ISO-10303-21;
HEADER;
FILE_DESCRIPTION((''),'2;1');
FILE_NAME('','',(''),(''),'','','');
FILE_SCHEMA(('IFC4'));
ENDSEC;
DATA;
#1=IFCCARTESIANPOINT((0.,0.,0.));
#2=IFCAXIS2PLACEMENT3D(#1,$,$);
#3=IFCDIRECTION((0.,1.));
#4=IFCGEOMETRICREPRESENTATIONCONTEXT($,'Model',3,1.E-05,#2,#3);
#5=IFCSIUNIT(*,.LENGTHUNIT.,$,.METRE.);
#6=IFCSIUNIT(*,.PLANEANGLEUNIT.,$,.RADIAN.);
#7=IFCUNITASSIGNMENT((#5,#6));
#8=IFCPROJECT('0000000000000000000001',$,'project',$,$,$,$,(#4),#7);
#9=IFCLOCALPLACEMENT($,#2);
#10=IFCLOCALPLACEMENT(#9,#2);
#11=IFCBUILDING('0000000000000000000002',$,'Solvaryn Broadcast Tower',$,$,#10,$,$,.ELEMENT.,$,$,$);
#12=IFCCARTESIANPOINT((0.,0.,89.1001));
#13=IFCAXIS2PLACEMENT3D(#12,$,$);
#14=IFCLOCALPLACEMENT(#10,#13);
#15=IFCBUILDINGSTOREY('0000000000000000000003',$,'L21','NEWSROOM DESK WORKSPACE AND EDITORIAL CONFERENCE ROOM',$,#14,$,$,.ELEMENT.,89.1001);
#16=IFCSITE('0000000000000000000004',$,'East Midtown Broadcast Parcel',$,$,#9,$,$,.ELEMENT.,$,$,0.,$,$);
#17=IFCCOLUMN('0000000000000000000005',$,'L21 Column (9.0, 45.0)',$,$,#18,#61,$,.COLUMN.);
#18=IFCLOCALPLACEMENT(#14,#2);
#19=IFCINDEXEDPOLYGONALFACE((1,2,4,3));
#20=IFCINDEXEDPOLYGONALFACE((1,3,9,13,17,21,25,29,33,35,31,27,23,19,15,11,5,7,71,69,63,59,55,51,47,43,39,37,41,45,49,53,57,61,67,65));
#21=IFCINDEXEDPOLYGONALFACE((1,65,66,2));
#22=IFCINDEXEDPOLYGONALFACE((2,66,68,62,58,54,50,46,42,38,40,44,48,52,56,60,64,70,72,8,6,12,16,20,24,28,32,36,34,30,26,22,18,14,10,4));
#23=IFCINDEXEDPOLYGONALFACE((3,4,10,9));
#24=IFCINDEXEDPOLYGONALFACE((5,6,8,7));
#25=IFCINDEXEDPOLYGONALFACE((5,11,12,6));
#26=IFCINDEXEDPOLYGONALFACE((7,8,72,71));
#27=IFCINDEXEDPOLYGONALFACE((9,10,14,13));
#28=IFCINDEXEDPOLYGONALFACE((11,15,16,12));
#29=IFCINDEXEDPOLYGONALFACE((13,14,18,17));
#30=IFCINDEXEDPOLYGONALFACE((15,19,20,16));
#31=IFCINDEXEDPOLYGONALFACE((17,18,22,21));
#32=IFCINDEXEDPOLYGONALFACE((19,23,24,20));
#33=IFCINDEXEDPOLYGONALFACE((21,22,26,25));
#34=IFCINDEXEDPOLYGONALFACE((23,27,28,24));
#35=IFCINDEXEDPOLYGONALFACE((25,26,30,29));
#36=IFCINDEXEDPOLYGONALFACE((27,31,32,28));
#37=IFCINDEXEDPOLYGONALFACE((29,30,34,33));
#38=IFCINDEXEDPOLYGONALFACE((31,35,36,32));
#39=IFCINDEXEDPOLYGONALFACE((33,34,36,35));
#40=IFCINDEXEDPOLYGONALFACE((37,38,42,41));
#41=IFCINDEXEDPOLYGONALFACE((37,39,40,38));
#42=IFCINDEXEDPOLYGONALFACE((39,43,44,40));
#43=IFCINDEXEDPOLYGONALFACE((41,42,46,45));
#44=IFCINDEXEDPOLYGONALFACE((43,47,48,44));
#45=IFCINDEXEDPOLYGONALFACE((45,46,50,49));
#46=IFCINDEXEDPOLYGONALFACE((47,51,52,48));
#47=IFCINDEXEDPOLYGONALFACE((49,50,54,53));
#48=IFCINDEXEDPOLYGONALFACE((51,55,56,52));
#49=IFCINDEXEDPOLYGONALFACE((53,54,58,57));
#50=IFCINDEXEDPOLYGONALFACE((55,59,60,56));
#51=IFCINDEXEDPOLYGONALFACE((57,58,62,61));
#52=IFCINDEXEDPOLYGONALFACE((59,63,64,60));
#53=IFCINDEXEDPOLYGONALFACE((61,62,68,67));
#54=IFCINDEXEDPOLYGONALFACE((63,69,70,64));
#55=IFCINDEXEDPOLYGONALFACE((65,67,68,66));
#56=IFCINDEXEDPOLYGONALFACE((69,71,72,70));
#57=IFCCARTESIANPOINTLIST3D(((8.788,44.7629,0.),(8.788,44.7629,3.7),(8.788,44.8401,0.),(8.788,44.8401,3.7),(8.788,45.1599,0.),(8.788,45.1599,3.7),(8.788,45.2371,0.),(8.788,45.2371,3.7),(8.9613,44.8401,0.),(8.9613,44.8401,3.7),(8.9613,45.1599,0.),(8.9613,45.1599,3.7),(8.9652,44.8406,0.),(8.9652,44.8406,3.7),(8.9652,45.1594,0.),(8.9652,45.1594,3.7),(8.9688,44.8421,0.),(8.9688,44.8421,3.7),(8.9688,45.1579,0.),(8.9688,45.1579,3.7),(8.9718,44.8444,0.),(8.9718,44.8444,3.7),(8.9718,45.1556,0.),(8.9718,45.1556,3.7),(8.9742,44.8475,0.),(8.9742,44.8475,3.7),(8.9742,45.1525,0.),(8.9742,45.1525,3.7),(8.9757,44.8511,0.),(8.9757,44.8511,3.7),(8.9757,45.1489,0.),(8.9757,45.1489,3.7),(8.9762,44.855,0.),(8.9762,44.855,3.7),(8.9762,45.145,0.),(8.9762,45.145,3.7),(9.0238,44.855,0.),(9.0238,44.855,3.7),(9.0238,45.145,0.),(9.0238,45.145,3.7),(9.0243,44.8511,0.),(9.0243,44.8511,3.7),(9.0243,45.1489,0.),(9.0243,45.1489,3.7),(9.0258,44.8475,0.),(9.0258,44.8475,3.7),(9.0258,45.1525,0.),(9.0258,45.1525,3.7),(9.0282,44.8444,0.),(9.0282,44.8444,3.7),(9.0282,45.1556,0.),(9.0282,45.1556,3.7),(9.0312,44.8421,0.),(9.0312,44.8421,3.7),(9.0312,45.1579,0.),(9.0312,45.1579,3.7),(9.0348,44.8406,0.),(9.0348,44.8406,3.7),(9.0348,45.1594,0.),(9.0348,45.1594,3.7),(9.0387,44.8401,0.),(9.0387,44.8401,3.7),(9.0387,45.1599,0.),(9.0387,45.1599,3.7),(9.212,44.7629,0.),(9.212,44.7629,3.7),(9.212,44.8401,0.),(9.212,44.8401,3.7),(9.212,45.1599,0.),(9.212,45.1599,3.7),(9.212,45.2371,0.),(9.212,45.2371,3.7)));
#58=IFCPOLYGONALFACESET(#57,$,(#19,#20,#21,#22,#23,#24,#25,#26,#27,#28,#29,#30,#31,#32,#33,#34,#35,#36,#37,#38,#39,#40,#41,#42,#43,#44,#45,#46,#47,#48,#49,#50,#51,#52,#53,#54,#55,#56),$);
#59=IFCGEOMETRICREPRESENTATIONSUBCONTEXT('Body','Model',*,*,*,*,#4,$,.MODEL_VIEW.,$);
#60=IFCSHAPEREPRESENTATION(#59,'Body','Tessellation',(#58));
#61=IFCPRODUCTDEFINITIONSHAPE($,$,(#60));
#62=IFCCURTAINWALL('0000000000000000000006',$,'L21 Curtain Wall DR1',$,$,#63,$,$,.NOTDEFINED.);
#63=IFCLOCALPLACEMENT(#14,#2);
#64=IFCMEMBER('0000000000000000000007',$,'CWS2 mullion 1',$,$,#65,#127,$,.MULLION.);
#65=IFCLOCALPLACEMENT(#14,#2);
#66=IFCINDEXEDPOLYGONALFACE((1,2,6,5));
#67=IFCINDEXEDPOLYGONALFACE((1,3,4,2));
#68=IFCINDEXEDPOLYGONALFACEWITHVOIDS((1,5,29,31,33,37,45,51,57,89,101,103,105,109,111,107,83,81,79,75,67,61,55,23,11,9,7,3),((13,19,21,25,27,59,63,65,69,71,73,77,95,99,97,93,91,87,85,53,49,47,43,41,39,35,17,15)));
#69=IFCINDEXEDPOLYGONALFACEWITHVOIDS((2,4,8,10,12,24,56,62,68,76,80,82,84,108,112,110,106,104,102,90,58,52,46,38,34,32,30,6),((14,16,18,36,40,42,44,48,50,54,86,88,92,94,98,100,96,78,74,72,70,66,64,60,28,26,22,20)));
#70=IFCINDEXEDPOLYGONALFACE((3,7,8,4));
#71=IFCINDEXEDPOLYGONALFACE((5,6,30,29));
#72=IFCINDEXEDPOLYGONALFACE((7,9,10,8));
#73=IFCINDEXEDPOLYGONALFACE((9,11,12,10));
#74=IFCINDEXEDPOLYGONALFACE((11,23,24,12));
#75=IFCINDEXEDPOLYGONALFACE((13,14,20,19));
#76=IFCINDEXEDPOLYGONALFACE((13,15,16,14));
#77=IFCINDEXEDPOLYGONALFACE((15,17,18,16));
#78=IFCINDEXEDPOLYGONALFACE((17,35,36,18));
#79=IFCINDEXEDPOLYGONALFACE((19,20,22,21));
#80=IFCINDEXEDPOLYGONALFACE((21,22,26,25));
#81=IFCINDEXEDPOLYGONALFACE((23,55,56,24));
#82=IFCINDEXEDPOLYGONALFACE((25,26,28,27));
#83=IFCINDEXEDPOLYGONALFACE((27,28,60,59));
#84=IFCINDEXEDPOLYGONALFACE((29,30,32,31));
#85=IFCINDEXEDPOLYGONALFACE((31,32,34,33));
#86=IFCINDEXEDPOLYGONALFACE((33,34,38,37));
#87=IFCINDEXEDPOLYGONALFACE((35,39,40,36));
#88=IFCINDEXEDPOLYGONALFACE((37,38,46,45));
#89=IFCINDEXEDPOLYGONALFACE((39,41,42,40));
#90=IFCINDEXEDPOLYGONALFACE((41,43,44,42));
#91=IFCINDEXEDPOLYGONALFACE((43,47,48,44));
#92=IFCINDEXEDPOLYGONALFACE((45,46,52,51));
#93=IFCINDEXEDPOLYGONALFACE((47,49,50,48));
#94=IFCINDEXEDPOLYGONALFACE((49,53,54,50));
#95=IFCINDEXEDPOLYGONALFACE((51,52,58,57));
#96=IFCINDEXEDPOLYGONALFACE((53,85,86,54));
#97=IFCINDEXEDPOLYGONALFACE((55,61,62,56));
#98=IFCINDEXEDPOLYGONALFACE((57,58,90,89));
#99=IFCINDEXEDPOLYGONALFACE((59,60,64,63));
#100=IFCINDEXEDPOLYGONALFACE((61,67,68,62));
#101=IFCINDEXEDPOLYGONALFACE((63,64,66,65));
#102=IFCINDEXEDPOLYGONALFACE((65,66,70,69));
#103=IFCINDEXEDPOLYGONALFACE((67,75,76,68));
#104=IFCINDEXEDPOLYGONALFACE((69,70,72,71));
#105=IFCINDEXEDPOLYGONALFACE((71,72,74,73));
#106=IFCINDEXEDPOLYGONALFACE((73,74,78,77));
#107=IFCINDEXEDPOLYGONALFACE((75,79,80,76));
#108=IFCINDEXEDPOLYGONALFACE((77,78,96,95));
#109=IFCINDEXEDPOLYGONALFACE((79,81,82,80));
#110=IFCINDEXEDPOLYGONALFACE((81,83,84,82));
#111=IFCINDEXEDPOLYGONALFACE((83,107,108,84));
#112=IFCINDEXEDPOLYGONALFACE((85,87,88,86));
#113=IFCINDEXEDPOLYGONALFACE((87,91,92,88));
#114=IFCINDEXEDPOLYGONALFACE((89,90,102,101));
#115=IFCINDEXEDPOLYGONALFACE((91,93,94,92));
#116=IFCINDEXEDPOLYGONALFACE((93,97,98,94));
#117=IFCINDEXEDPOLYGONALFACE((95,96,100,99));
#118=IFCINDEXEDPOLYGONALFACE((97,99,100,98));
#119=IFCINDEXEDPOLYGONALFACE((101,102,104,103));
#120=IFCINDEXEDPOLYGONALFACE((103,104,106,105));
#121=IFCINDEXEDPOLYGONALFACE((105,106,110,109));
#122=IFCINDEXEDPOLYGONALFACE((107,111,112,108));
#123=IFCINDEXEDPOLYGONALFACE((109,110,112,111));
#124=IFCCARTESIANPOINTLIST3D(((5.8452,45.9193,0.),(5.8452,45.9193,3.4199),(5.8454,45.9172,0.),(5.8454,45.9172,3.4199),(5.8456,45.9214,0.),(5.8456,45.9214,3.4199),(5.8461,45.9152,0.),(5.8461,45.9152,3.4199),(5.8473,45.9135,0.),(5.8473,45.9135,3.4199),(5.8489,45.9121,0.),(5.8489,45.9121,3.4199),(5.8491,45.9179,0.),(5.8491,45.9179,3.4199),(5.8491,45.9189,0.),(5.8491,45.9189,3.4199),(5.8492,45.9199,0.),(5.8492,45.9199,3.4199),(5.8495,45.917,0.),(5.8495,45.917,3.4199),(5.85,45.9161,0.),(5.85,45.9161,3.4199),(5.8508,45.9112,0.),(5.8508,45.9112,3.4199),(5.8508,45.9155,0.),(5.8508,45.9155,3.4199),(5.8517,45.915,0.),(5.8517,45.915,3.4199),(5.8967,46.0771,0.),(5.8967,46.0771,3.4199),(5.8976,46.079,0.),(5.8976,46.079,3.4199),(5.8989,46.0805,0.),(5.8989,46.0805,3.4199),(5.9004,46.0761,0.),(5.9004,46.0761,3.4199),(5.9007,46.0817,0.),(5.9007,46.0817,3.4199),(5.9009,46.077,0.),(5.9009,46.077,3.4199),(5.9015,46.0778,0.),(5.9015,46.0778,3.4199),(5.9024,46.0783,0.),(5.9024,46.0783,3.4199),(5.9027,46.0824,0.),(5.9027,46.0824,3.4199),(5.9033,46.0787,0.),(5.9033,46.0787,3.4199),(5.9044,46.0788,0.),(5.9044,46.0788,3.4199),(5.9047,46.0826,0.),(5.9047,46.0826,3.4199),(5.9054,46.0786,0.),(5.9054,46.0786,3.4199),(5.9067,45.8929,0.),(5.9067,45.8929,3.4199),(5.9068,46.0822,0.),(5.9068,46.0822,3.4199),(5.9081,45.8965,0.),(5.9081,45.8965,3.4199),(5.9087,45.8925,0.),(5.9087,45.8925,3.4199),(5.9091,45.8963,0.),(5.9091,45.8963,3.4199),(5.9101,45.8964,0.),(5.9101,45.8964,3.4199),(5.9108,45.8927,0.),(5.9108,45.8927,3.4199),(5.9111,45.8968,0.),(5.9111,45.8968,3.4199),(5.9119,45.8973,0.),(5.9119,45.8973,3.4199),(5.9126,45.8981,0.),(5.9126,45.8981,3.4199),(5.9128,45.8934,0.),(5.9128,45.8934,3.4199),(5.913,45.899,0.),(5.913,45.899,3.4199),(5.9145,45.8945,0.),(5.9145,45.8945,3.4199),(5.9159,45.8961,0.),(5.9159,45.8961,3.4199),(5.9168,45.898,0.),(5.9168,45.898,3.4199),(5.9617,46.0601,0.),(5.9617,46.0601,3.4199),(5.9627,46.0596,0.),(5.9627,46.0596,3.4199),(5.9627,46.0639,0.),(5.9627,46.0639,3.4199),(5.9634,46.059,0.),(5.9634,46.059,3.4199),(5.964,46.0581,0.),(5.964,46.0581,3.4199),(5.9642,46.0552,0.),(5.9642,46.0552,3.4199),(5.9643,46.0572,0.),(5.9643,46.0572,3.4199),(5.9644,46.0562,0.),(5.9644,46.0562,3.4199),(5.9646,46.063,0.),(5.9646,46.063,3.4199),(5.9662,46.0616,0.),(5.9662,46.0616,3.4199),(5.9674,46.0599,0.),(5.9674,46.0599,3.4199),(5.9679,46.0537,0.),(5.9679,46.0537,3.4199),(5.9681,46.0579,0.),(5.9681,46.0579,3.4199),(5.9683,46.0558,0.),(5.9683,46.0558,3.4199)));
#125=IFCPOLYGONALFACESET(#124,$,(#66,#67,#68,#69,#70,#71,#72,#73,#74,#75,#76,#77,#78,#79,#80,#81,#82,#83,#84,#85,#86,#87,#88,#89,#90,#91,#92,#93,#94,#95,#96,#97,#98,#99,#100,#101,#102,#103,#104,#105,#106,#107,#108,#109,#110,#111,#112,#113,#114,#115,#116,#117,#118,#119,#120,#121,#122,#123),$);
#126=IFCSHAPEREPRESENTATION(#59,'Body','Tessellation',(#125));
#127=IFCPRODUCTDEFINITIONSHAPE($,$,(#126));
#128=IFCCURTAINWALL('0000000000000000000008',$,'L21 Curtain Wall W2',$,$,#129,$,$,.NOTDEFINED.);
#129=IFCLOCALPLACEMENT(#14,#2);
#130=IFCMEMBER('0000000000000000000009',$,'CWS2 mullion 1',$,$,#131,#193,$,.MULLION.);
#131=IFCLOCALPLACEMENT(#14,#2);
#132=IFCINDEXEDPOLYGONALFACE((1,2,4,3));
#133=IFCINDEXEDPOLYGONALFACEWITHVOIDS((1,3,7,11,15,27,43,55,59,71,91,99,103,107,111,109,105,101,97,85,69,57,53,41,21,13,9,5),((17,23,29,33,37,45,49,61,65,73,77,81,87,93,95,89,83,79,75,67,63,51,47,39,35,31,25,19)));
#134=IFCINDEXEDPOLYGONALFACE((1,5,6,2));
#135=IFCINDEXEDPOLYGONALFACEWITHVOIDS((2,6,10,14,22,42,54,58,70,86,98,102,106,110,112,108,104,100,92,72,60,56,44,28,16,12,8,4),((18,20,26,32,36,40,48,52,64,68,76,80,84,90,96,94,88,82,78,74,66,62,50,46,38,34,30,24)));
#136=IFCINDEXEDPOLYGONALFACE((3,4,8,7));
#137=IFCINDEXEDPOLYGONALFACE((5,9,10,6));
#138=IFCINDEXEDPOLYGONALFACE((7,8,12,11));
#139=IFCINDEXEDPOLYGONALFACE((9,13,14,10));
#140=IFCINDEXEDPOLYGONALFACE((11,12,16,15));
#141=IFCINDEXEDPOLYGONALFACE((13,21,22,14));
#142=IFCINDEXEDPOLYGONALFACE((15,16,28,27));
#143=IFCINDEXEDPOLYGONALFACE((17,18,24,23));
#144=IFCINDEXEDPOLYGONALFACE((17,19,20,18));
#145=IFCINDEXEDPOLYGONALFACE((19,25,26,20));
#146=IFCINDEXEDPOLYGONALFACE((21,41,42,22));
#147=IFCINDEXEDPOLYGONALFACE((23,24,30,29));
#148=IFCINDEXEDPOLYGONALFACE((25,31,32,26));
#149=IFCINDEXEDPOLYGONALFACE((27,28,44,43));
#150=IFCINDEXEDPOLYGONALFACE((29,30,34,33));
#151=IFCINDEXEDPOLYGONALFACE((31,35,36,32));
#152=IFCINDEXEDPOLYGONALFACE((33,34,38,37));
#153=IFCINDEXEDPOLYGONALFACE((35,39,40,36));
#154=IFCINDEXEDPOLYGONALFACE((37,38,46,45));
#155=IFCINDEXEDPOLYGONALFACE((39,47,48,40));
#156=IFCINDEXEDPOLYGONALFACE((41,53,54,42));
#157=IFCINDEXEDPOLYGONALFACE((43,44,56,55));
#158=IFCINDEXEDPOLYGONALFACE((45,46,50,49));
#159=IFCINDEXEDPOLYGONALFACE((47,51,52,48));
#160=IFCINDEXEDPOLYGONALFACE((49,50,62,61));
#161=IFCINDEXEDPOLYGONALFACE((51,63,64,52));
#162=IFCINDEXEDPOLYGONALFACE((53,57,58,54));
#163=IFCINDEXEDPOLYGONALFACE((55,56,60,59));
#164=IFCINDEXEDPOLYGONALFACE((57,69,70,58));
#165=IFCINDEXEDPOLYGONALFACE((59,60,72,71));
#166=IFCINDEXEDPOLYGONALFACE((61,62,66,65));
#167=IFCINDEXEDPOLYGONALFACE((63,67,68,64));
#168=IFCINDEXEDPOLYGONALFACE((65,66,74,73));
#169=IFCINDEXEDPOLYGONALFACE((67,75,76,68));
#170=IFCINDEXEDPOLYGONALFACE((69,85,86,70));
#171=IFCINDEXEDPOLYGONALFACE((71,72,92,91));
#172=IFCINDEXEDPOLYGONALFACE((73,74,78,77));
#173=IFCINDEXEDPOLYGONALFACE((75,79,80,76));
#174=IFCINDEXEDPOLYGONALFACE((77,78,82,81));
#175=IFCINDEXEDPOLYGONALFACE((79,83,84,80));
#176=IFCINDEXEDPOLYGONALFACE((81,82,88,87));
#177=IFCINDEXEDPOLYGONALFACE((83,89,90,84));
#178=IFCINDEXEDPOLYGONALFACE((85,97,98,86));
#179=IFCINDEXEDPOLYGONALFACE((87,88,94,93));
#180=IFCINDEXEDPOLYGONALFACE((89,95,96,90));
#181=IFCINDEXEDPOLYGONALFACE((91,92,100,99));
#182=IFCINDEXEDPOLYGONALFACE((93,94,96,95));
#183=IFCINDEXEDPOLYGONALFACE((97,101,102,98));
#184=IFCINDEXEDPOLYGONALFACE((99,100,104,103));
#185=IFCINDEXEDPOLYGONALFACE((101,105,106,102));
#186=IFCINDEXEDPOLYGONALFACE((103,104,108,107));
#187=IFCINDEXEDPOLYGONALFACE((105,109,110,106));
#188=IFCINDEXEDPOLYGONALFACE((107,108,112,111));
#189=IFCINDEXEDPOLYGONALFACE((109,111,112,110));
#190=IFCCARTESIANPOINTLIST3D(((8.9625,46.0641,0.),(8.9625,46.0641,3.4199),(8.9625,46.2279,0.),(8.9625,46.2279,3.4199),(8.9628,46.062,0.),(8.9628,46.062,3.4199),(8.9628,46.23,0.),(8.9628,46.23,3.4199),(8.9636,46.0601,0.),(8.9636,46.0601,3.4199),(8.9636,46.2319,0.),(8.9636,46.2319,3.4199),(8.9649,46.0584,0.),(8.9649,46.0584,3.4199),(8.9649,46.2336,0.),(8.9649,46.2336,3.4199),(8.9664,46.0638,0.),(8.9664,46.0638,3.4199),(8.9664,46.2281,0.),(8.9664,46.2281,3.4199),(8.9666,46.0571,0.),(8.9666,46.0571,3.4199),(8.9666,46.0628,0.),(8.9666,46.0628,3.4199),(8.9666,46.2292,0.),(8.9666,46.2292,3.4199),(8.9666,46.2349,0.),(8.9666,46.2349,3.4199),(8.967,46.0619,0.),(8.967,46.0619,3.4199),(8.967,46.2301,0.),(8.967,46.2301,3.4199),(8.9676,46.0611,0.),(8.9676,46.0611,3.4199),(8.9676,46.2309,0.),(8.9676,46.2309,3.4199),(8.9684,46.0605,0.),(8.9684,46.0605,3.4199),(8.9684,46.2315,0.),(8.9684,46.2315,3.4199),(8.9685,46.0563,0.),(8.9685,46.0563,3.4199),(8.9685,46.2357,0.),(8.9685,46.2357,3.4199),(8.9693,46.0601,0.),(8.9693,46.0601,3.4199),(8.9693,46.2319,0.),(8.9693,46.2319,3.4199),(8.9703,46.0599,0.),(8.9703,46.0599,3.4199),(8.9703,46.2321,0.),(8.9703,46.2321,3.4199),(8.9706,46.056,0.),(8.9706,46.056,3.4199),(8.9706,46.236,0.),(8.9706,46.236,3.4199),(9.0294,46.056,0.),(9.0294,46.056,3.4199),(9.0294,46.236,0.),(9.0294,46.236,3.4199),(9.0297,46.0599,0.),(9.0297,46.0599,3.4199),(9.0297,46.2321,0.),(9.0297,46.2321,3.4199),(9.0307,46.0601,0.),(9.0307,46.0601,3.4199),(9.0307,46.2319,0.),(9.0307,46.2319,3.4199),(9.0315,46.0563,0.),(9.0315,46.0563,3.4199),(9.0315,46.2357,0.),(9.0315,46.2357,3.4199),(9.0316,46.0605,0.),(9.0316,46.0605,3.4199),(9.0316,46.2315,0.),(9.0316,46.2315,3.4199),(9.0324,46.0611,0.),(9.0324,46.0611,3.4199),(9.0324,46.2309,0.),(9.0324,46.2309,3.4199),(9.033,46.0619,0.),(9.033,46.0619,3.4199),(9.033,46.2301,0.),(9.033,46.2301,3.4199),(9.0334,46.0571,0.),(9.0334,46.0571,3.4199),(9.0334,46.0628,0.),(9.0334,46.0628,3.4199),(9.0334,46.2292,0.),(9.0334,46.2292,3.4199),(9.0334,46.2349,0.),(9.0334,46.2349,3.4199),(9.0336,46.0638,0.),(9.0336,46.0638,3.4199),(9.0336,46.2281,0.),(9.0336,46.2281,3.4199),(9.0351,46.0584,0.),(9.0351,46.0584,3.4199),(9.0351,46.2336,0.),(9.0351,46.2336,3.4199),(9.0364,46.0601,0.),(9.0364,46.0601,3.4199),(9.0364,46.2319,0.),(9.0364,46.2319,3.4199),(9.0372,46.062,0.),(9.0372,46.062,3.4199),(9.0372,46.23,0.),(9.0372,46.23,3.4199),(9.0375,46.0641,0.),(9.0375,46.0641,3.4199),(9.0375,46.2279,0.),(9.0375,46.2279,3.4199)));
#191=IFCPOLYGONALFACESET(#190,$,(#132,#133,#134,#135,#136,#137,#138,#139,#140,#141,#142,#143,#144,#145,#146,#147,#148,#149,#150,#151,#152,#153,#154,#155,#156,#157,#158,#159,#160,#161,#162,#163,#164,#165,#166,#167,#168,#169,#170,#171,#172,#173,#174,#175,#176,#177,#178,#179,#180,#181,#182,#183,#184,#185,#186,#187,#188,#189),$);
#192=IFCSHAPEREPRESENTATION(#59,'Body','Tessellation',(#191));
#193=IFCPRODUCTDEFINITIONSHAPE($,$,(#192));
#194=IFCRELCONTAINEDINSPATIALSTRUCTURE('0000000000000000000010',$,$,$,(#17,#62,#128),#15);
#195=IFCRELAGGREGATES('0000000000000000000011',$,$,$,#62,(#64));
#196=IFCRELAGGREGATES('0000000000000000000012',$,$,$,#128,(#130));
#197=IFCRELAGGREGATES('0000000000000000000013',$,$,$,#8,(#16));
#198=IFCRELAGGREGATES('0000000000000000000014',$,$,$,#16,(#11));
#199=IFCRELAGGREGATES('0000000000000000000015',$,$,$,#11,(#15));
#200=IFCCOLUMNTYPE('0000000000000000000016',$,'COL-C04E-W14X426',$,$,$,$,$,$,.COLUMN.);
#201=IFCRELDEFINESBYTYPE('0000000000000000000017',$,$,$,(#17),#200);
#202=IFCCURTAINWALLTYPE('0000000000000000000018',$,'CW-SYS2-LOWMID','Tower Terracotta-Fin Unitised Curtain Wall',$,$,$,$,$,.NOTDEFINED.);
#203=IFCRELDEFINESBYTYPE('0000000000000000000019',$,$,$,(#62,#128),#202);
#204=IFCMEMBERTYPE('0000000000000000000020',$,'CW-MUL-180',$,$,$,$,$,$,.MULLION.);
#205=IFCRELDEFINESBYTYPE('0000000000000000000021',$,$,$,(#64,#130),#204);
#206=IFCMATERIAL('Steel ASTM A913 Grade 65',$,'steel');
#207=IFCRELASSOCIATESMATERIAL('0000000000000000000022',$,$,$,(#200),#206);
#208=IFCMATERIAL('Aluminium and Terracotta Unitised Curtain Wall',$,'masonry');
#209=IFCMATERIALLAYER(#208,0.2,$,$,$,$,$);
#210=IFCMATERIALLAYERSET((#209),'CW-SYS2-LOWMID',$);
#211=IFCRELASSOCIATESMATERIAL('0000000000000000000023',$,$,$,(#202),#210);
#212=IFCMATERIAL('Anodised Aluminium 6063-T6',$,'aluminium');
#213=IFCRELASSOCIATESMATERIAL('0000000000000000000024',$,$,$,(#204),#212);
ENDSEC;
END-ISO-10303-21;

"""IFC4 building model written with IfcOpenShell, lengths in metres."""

from ifc_helpers import new_model, si_unit, direction, frame, origin, origin_2d, place, context, subcontext, project, spatial, hollow_rectangle, i_section, extrude, material, layer, layer_set, material_profile, profile_set, type_object, element, aggregate, save


model = new_model("IFC4")

# Units and contexts
model_context = context("Model", 3, precision=1e-05, world=origin(), true_north=direction((0.0, 1.0)))
body_context = subcontext(model_context, "Body", "Model", "MODEL_VIEW")
ifc_project = project(units=[si_unit("LENGTHUNIT", "METRE"), si_unit("PLANEANGLEUNIT", "RADIAN")], contexts=[model_context])

# Site, building, storey
site_placement = place(None, origin())
site = spatial("IfcSite", under=ifc_project, at=site_placement, Name="East Midtown Broadcast Parcel", CompositionType="ELEMENT", RefElevation=0.0)
building_placement = place(site_placement, origin())
building = spatial("IfcBuilding", under=site, at=building_placement, Name="Solvaryn Broadcast Tower", CompositionType="ELEMENT")
storey_placement = place(building_placement, frame((0.0, 0.0, 89.1001)))
storey = spatial("IfcBuildingStorey", under=building, at=storey_placement, Name="L21", Description="NEWSROOM DESK WORKSPACE AND EDITORIAL CONFERENCE ROOM", CompositionType="ELEMENT", Elevation=89.1001)

# Column
ifc_material_1 = material(Name="Steel ASTM A913 Grade 65", Category="steel")
ifc_material_profile_1 = material_profile(ifc_material_1, i_section(OverallWidth=0.4241, OverallDepth=0.4741, WebThickness=0.0476, FlangeThickness=0.0771, FilletRadius=0.0149, at=origin_2d()))
ifc_profile_set_1 = profile_set([ifc_material_profile_1], Name="Steel ASTM A913 Grade 65")
column_type = type_object("IfcColumnType", Name="COL-C04E-W14X426", PredefinedType="COLUMN", material=ifc_profile_set_1)
column_placement = place(storey_placement, frame((9.0, 45.0, 0.0), z_axis=(0.0, 0.0, 1.0), x_axis=(1.0, 0.0, 0.0)))
element("IfcColumn", 1, at=column_placement, inside=storey, type_object=column_type, Name="L21 Column (9.0, 45.0)", PredefinedType="COLUMN", context=body_context, shape_type="SweptSolid", body=[
    extrude(i_section(OverallWidth=0.4241, OverallDepth=0.4741, WebThickness=0.0476, FlangeThickness=0.0771, FilletRadius=0.0149, at=origin_2d()), origin(), (0.0, 0.0, 1.0), 3.7),
])

# Curtain wall, member
ifc_material_2 = material(Name="Aluminium and Terracotta Unitised Curtain Wall", Category="masonry")
ifc_layer_1 = layer(ifc_material_2, 0.2)
ifc_layer_set_1 = layer_set([ifc_layer_1], Name="CW-SYS2-LOWMID")
curtain_wall_type = type_object("IfcCurtainWallType", Name="CW-SYS2-LOWMID", Description="Tower Terracotta-Fin Unitised Curtain Wall", PredefinedType="NOTDEFINED", material=ifc_layer_set_1)
curtain_wall_1_placement = place(storey_placement, origin())
curtain_wall_1 = element("IfcCurtainWall", 2, at=curtain_wall_1_placement, inside=storey, type_object=curtain_wall_type, Name="L21 Curtain Wall DR1", PredefinedType="NOTDEFINED")
ifc_material_3 = material(Name="Anodised Aluminium 6063-T6", Category="aluminium")
ifc_material_profile_2 = material_profile(ifc_material_3, hollow_rectangle(XDim=0.075, YDim=0.1799, WallThickness=0.0039, InnerFilletRadius=0.0039, OuterFilletRadius=0.0081, at=origin_2d()))
ifc_profile_set_2 = profile_set([ifc_material_profile_2], Name="Anodised Aluminium 6063-T6")
member_type_1 = type_object("IfcMemberType", Name="CW-MUL-180", PredefinedType="MULLION", material=ifc_profile_set_2)
member_1_placement = place(storey_placement, frame((5.9067, 45.9875, 0.0), z_axis=(0.0, 0.0, 1.0), x_axis=(0.950215, -0.311594, 0.0)))
member_1 = element("IfcMember", 3, at=member_1_placement, type_object=member_type_1, Name="CWS2 mullion 1", PredefinedType="MULLION", context=body_context, shape_type="SweptSolid", body=[
    extrude(hollow_rectangle(XDim=0.075, YDim=0.1799, WallThickness=0.0039, InnerFilletRadius=0.0039, OuterFilletRadius=0.0081, at=origin_2d()), origin(), (0.0, 0.0, 1.0), 3.4199),
])

# Curtain wall, member
curtain_wall_2_placement = place(storey_placement, origin())
curtain_wall_2 = element("IfcCurtainWall", 4, at=curtain_wall_2_placement, inside=storey, type_object=curtain_wall_type, Name="L21 Curtain Wall W2", PredefinedType="NOTDEFINED")
member_2_placement = place(storey_placement, frame((9.0, 46.146, 0.0), z_axis=(0.0, 0.0, 1.0), x_axis=(-1.0, 0.0, 0.0)))
member_2 = element("IfcMember", 5, at=member_2_placement, type_object=member_type_1, Name="CWS2 mullion 1", PredefinedType="MULLION", context=body_context, shape_type="SweptSolid", body=[
    extrude(hollow_rectangle(XDim=0.075, YDim=0.1799, WallThickness=0.0039, InnerFilletRadius=0.0039, OuterFilletRadius=0.0081, at=origin_2d()), origin(), (0.0, 0.0, 1.0), 3.4199),
])

aggregate(curtain_wall_1, [member_1])

aggregate(curtain_wall_2, [member_2])

save(model, "model.ifc")
